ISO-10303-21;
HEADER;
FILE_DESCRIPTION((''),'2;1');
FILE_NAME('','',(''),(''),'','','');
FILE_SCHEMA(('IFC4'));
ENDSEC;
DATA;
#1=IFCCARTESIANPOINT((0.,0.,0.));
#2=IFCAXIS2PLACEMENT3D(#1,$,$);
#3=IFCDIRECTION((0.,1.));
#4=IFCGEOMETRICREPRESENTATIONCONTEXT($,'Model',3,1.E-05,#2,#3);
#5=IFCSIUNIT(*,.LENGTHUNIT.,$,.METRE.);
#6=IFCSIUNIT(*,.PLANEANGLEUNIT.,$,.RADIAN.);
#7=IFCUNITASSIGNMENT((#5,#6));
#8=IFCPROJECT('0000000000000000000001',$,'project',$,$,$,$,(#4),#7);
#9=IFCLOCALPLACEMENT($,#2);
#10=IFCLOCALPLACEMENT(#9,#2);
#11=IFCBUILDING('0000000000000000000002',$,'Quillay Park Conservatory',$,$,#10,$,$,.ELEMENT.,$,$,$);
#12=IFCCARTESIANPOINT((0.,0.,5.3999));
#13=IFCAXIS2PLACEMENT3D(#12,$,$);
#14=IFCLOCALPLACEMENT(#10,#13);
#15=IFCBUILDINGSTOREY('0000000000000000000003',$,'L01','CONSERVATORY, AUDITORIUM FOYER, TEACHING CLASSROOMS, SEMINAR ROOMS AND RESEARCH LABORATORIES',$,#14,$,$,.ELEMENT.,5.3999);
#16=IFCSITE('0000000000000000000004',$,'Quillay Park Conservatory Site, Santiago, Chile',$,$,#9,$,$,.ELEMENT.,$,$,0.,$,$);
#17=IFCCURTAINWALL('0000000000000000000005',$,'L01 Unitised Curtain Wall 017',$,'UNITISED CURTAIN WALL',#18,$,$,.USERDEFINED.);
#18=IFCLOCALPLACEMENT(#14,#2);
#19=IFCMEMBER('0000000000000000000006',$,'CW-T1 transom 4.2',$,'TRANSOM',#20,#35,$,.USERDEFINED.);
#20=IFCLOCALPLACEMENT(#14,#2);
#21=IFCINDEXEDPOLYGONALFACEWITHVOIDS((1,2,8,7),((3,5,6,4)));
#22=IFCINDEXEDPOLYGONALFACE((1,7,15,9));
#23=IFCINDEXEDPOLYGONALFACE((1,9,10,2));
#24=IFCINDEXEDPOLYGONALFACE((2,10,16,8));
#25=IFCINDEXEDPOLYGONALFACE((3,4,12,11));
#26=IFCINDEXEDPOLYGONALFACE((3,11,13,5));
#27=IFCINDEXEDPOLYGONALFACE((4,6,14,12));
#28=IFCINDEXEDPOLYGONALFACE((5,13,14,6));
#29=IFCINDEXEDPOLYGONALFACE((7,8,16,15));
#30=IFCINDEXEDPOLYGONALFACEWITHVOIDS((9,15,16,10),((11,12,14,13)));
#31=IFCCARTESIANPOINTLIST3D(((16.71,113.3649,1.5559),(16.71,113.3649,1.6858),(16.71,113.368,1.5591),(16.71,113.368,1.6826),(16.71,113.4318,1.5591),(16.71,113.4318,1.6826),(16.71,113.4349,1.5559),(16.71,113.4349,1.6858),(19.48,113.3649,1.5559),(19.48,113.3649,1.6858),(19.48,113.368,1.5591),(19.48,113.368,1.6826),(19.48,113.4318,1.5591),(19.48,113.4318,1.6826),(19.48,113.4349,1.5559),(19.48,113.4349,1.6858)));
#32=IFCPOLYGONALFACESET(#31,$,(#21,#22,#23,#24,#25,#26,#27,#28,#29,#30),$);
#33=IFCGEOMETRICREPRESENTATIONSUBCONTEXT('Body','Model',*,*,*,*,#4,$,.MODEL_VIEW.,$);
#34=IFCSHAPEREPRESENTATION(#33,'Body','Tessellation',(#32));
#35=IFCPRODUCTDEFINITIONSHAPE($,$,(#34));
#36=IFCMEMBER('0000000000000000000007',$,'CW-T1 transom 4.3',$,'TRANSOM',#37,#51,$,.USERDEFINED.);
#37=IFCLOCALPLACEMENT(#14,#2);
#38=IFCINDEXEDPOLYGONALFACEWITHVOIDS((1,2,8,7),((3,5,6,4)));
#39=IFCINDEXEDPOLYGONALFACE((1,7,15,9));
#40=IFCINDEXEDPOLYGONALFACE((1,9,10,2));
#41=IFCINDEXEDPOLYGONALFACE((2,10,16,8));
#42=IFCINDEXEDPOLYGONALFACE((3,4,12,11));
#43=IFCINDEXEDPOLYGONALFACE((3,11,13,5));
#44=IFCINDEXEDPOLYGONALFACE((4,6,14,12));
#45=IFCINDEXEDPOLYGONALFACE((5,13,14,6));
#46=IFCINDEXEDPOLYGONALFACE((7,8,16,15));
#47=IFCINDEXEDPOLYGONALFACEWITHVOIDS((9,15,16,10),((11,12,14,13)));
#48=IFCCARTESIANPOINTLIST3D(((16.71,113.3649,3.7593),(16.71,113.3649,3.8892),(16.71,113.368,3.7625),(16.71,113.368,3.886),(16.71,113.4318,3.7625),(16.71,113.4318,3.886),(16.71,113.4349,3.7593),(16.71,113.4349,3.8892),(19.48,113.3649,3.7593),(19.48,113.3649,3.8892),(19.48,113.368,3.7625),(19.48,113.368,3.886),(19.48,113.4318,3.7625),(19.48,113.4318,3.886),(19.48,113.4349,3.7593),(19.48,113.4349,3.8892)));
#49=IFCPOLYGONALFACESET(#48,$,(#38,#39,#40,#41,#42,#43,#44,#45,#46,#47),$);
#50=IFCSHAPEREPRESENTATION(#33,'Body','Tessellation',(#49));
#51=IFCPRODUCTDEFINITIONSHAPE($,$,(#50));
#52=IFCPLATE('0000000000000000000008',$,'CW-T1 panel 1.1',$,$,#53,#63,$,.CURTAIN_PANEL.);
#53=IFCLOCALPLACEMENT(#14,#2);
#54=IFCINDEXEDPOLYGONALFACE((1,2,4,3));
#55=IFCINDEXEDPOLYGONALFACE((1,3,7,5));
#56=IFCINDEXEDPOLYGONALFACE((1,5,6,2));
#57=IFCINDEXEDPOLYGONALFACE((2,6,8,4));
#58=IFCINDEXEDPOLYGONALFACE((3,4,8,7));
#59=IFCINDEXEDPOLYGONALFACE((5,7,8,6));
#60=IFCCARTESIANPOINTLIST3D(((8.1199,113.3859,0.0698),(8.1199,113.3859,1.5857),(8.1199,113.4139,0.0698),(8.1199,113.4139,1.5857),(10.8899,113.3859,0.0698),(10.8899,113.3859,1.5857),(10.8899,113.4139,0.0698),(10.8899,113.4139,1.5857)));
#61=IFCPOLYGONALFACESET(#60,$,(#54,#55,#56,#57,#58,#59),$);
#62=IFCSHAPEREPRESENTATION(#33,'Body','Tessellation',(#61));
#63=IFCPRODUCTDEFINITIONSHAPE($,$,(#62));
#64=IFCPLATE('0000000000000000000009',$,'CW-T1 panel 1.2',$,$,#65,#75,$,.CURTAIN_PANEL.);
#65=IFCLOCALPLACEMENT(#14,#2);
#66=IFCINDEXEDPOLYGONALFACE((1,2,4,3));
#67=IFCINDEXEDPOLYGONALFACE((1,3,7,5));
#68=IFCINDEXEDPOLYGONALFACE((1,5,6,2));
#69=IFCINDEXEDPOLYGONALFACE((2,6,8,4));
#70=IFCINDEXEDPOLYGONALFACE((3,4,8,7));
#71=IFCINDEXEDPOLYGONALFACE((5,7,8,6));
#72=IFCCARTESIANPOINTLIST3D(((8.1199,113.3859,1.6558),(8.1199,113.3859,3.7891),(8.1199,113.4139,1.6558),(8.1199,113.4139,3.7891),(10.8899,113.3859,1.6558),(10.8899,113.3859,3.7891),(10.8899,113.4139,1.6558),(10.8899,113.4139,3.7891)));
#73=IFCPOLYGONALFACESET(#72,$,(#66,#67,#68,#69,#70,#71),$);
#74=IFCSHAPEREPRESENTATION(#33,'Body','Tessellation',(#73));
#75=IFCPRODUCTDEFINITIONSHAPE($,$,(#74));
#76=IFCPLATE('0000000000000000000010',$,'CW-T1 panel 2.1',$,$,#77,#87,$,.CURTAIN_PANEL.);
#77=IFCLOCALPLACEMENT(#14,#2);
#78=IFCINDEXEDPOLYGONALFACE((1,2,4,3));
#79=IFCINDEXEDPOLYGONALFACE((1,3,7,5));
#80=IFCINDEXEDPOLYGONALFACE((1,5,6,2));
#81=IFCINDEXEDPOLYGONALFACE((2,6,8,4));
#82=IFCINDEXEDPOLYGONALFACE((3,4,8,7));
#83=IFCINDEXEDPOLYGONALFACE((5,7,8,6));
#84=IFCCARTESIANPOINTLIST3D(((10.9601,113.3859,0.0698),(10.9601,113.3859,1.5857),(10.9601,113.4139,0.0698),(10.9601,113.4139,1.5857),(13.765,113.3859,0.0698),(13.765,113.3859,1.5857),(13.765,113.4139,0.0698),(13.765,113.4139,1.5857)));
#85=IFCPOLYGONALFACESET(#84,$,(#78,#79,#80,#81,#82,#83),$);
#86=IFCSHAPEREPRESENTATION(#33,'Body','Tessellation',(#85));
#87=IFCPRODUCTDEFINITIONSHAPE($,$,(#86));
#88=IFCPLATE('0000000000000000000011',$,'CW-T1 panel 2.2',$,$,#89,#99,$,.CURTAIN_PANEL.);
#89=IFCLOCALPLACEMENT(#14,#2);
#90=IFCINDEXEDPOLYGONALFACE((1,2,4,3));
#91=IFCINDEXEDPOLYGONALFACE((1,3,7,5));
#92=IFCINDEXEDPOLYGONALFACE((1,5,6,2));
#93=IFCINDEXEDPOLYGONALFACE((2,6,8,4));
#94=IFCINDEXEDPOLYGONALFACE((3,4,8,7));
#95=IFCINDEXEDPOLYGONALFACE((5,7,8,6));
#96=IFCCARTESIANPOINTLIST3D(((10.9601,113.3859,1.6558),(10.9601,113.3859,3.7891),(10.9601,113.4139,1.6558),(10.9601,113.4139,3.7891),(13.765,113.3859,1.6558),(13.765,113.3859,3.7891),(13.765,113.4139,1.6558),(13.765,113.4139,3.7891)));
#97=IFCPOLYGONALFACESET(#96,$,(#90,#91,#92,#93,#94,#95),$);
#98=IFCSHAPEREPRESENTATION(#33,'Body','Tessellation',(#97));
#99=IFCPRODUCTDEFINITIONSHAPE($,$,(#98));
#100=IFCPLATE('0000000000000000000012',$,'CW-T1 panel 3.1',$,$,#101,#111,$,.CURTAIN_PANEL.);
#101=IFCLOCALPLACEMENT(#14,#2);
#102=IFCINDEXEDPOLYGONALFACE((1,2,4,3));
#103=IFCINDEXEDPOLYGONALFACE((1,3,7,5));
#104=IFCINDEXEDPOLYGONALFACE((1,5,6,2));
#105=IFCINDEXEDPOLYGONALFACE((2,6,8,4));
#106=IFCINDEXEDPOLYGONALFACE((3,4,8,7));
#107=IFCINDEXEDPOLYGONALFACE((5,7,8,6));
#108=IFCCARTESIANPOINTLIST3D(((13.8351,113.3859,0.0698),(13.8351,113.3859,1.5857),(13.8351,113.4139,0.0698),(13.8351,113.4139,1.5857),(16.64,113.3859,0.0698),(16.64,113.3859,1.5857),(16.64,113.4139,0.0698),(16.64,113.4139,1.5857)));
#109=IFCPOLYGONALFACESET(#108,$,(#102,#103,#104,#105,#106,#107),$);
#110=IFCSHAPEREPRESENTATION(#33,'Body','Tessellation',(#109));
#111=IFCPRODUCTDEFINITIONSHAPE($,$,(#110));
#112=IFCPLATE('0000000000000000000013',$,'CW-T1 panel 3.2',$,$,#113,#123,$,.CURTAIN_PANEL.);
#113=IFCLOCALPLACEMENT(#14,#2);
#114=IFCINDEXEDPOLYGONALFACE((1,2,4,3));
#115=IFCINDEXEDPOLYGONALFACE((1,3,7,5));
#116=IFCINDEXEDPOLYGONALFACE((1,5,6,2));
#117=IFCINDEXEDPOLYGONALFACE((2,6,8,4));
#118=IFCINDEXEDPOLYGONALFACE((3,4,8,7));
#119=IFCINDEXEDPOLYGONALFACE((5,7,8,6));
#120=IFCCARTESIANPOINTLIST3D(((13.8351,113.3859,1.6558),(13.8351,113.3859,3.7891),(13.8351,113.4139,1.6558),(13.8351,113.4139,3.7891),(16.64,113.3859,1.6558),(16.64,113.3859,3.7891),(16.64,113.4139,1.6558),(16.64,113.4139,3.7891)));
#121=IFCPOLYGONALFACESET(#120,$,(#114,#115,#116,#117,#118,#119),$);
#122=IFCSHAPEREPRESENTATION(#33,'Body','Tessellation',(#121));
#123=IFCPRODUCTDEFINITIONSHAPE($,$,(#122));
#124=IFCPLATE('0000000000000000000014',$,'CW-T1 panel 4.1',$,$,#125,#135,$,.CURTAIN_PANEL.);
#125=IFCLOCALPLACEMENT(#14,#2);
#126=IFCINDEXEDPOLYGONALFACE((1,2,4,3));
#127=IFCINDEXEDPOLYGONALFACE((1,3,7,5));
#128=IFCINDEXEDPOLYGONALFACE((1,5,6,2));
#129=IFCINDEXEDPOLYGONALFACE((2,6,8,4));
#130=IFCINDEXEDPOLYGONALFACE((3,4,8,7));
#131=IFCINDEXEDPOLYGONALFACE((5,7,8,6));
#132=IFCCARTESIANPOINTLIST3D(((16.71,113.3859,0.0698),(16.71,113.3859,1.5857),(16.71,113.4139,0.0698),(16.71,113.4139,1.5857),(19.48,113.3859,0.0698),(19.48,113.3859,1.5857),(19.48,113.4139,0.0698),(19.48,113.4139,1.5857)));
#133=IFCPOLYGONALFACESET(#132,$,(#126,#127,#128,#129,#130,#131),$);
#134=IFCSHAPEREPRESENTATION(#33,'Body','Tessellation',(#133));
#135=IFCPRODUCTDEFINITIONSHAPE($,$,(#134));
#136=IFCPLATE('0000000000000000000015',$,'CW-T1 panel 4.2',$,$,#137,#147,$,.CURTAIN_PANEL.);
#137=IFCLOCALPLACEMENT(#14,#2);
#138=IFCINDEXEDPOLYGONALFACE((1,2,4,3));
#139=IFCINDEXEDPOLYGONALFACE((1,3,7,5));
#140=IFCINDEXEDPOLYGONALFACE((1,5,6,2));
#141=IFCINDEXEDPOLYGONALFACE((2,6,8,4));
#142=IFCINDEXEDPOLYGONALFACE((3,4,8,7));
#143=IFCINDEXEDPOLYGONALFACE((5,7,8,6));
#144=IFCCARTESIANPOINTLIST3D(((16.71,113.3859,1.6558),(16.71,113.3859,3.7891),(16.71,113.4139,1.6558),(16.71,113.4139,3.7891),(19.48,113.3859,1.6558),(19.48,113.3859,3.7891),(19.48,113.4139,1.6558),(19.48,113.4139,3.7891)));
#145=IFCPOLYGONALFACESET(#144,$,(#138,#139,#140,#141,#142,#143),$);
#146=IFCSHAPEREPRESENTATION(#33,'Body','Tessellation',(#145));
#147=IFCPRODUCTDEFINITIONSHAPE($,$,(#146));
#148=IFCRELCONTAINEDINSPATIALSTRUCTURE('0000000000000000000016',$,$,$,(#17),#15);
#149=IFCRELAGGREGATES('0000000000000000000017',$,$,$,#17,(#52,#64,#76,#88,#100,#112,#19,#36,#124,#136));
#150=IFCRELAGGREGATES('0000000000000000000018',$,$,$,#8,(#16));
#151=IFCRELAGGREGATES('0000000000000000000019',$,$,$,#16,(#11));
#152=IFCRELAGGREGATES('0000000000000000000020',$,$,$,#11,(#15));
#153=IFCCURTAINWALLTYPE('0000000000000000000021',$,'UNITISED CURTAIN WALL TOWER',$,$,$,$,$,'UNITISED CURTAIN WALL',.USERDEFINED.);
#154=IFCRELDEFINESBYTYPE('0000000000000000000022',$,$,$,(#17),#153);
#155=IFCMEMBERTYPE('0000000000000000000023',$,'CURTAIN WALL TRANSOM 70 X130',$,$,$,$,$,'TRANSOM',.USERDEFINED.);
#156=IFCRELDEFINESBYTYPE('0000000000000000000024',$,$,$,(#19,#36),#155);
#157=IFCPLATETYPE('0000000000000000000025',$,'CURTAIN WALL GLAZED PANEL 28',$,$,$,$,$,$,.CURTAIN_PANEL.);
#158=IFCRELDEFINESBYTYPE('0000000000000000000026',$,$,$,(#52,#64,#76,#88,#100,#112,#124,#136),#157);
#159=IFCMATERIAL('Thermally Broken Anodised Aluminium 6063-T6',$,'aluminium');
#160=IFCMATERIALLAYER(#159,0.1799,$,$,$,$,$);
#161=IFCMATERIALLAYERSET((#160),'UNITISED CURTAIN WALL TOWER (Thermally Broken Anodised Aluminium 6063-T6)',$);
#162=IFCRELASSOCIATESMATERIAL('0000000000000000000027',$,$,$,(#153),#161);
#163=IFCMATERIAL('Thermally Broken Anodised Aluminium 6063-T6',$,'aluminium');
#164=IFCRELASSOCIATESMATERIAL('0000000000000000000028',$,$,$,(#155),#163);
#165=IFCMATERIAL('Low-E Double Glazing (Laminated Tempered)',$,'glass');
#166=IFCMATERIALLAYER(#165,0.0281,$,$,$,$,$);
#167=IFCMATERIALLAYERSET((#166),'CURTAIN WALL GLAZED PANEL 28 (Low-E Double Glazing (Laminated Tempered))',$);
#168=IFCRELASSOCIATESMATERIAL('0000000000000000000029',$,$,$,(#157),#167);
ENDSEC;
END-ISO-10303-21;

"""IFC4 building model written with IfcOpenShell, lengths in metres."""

from ifc_helpers import new_model, si_unit, direction, frame, origin, origin_2d, place, context, subcontext, project, spatial, rectangle, hollow_rectangle, extrude, material, layer, layer_set, material_profile, profile_set, type_object, element, aggregate, save


model = new_model("IFC4")

# Units and contexts
model_context = context("Model", 3, precision=1e-05, world=origin(), true_north=direction((0.0, 1.0)))
body_context = subcontext(model_context, "Body", "Model", "MODEL_VIEW")
ifc_project = project(units=[si_unit("LENGTHUNIT", "METRE"), si_unit("PLANEANGLEUNIT", "RADIAN")], contexts=[model_context])

# Site, building, storey
site_placement = place(None, origin())
site = spatial("IfcSite", under=ifc_project, at=site_placement, Name="Quillay Park Conservatory Site, Santiago, Chile", CompositionType="ELEMENT", RefElevation=0.0)
building_placement = place(site_placement, origin())
building = spatial("IfcBuilding", under=site, at=building_placement, Name="Quillay Park Conservatory", CompositionType="ELEMENT")
storey_placement = place(building_placement, frame((0.0, 0.0, 5.3999)))
storey = spatial("IfcBuildingStorey", under=building, at=storey_placement, Name="L01", Description="CONSERVATORY, AUDITORIUM FOYER, TEACHING CLASSROOMS, SEMINAR ROOMS AND RESEARCH LABORATORIES", CompositionType="ELEMENT", Elevation=5.3999)

# Curtain wall, members, plates
ifc_material_1 = material(Name="Thermally Broken Anodised Aluminium 6063-T6", Category="aluminium")
ifc_layer_1 = layer(ifc_material_1, 0.1799)
ifc_layer_set_1 = layer_set([ifc_layer_1], Name="UNITISED CURTAIN WALL TOWER (Thermally Broken Anodised Aluminium 6063-T6)")
curtain_wall_type = type_object("IfcCurtainWallType", Name="UNITISED CURTAIN WALL TOWER", ElementType="UNITISED CURTAIN WALL", PredefinedType="USERDEFINED", material=ifc_layer_set_1)
curtain_wall_placement = place(storey_placement, origin())
curtain_wall = element("IfcCurtainWall", 1, at=curtain_wall_placement, inside=storey, type_object=curtain_wall_type, Name="L01 Unitised Curtain Wall 017", ObjectType="UNITISED CURTAIN WALL", PredefinedType="USERDEFINED")
ifc_material_2 = material(Name="Thermally Broken Anodised Aluminium 6063-T6", Category="aluminium")
ifc_material_profile_1 = material_profile(ifc_material_2, hollow_rectangle(XDim=0.0701, YDim=0.1299, WallThickness=0.0032, at=origin_2d()), Name="AL70x130x3.2")
ifc_profile_set_1 = profile_set([ifc_material_profile_1], Name="Thermally Broken Anodised Aluminium 6063-T6")
member_type_1 = type_object("IfcMemberType", Name="CURTAIN WALL TRANSOM 70 X130", ElementType="TRANSOM", PredefinedType="USERDEFINED", material=ifc_profile_set_1)
member_1_placement = place(storey_placement, frame((16.71, 113.3999, 1.6208), z_axis=(1.0, 0.0, 0.0), x_axis=(0.0, 1.0, 0.0)))
member_1 = element("IfcMember", 2, at=member_1_placement, type_object=member_type_1, Name="CW-T1 transom 4.2", ObjectType="TRANSOM", PredefinedType="USERDEFINED", context=body_context, shape_type="SweptSolid", body=[
    extrude(hollow_rectangle(XDim=0.0701, YDim=0.1299, WallThickness=0.0032, at=origin_2d()), origin(), (0.0, 0.0, 1.0), 2.77),
])
member_2_placement = place(storey_placement, frame((16.71, 113.3999, 3.8242), z_axis=(1.0, 0.0, 0.0), x_axis=(0.0, 1.0, 0.0)))
member_2 = element("IfcMember", 3, at=member_2_placement, type_object=member_type_1, Name="CW-T1 transom 4.3", ObjectType="TRANSOM", PredefinedType="USERDEFINED", context=body_context, shape_type="SweptSolid", body=[
    extrude(hollow_rectangle(XDim=0.0701, YDim=0.1299, WallThickness=0.0032, at=origin_2d()), origin(), (0.0, 0.0, 1.0), 2.77),
])
ifc_material_3 = material(Name="Low-E Double Glazing (Laminated Tempered)", Category="glass")
ifc_layer_2 = layer(ifc_material_3, 0.0281)
ifc_layer_set_2 = layer_set([ifc_layer_2], Name="CURTAIN WALL GLAZED PANEL 28 (Low-E Double Glazing (Laminated Tempered))")
plate_type = type_object("IfcPlateType", Name="CURTAIN WALL GLAZED PANEL 28", PredefinedType="CURTAIN_PANEL", material=ifc_layer_set_2)
plate_1_placement = place(storey_placement, frame((9.5049, 113.3999, 0.0698), z_axis=(0.0, 0.0, 1.0), x_axis=(1.0, 0.0, 0.0)))
plate_1 = element("IfcPlate", 4, at=plate_1_placement, type_object=plate_type, Name="CW-T1 panel 1.1", PredefinedType="CURTAIN_PANEL", context=body_context, shape_type="SweptSolid", body=[
    extrude(rectangle(XDim=2.77, YDim=0.0281, at=origin_2d()), origin(), (0.0, 0.0, 1.0), 1.5159),
])
plate_2_placement = place(storey_placement, frame((9.5049, 113.3999, 1.6558), z_axis=(0.0, 0.0, 1.0), x_axis=(1.0, 0.0, 0.0)))
plate_2 = element("IfcPlate", 5, at=plate_2_placement, type_object=plate_type, Name="CW-T1 panel 1.2", PredefinedType="CURTAIN_PANEL", context=body_context, shape_type="SweptSolid", body=[
    extrude(rectangle(XDim=2.77, YDim=0.0281, at=origin_2d()), origin(), (0.0, 0.0, 1.0), 2.1333),
])
plate_3_placement = place(storey_placement, frame((12.3625, 113.3999, 0.0698), z_axis=(0.0, 0.0, 1.0), x_axis=(1.0, 0.0, 0.0)))
plate_3 = element("IfcPlate", 6, at=plate_3_placement, type_object=plate_type, Name="CW-T1 panel 2.1", PredefinedType="CURTAIN_PANEL", context=body_context, shape_type="SweptSolid", body=[
    extrude(rectangle(XDim=2.8049, YDim=0.0281, at=origin_2d()), origin(), (0.0, 0.0, 1.0), 1.5159),
])
plate_4_placement = place(storey_placement, frame((12.3625, 113.3999, 1.6558), z_axis=(0.0, 0.0, 1.0), x_axis=(1.0, 0.0, 0.0)))
plate_4 = element("IfcPlate", 7, at=plate_4_placement, type_object=plate_type, Name="CW-T1 panel 2.2", PredefinedType="CURTAIN_PANEL", context=body_context, shape_type="SweptSolid", body=[
    extrude(rectangle(XDim=2.8049, YDim=0.0281, at=origin_2d()), origin(), (0.0, 0.0, 1.0), 2.1333),
])
plate_5_placement = place(storey_placement, frame((15.2375, 113.3999, 0.0698), z_axis=(0.0, 0.0, 1.0), x_axis=(1.0, 0.0, 0.0)))
plate_5 = element("IfcPlate", 8, at=plate_5_placement, type_object=plate_type, Name="CW-T1 panel 3.1", PredefinedType="CURTAIN_PANEL", context=body_context, shape_type="SweptSolid", body=[
    extrude(rectangle(XDim=2.8049, YDim=0.0281, at=origin_2d()), origin(), (0.0, 0.0, 1.0), 1.5159),
])
plate_6_placement = place(storey_placement, frame((15.2375, 113.3999, 1.6558), z_axis=(0.0, 0.0, 1.0), x_axis=(1.0, 0.0, 0.0)))
plate_6 = element("IfcPlate", 9, at=plate_6_placement, type_object=plate_type, Name="CW-T1 panel 3.2", PredefinedType="CURTAIN_PANEL", context=body_context, shape_type="SweptSolid", body=[
    extrude(rectangle(XDim=2.8049, YDim=0.0281, at=origin_2d()), origin(), (0.0, 0.0, 1.0), 2.1333),
])
plate_7_placement = place(storey_placement, frame((18.095, 113.3999, 0.0698), z_axis=(0.0, 0.0, 1.0), x_axis=(1.0, 0.0, 0.0)))
plate_7 = element("IfcPlate", 10, at=plate_7_placement, type_object=plate_type, Name="CW-T1 panel 4.1", PredefinedType="CURTAIN_PANEL", context=body_context, shape_type="SweptSolid", body=[
    extrude(rectangle(XDim=2.77, YDim=0.0281, at=origin_2d()), origin(), (0.0, 0.0, 1.0), 1.5159),
])
plate_8_placement = place(storey_placement, frame((18.095, 113.3999, 1.6558), z_axis=(0.0, 0.0, 1.0), x_axis=(1.0, 0.0, 0.0)))
plate_8 = element("IfcPlate", 11, at=plate_8_placement, type_object=plate_type, Name="CW-T1 panel 4.2", PredefinedType="CURTAIN_PANEL", context=body_context, shape_type="SweptSolid", body=[
    extrude(rectangle(XDim=2.77, YDim=0.0281, at=origin_2d()), origin(), (0.0, 0.0, 1.0), 2.1333),
])
aggregate(curtain_wall, [plate_1, plate_2, plate_3, plate_4, plate_5, plate_6, member_1, member_2, plate_7, plate_8])

save(model, "model.ifc")
